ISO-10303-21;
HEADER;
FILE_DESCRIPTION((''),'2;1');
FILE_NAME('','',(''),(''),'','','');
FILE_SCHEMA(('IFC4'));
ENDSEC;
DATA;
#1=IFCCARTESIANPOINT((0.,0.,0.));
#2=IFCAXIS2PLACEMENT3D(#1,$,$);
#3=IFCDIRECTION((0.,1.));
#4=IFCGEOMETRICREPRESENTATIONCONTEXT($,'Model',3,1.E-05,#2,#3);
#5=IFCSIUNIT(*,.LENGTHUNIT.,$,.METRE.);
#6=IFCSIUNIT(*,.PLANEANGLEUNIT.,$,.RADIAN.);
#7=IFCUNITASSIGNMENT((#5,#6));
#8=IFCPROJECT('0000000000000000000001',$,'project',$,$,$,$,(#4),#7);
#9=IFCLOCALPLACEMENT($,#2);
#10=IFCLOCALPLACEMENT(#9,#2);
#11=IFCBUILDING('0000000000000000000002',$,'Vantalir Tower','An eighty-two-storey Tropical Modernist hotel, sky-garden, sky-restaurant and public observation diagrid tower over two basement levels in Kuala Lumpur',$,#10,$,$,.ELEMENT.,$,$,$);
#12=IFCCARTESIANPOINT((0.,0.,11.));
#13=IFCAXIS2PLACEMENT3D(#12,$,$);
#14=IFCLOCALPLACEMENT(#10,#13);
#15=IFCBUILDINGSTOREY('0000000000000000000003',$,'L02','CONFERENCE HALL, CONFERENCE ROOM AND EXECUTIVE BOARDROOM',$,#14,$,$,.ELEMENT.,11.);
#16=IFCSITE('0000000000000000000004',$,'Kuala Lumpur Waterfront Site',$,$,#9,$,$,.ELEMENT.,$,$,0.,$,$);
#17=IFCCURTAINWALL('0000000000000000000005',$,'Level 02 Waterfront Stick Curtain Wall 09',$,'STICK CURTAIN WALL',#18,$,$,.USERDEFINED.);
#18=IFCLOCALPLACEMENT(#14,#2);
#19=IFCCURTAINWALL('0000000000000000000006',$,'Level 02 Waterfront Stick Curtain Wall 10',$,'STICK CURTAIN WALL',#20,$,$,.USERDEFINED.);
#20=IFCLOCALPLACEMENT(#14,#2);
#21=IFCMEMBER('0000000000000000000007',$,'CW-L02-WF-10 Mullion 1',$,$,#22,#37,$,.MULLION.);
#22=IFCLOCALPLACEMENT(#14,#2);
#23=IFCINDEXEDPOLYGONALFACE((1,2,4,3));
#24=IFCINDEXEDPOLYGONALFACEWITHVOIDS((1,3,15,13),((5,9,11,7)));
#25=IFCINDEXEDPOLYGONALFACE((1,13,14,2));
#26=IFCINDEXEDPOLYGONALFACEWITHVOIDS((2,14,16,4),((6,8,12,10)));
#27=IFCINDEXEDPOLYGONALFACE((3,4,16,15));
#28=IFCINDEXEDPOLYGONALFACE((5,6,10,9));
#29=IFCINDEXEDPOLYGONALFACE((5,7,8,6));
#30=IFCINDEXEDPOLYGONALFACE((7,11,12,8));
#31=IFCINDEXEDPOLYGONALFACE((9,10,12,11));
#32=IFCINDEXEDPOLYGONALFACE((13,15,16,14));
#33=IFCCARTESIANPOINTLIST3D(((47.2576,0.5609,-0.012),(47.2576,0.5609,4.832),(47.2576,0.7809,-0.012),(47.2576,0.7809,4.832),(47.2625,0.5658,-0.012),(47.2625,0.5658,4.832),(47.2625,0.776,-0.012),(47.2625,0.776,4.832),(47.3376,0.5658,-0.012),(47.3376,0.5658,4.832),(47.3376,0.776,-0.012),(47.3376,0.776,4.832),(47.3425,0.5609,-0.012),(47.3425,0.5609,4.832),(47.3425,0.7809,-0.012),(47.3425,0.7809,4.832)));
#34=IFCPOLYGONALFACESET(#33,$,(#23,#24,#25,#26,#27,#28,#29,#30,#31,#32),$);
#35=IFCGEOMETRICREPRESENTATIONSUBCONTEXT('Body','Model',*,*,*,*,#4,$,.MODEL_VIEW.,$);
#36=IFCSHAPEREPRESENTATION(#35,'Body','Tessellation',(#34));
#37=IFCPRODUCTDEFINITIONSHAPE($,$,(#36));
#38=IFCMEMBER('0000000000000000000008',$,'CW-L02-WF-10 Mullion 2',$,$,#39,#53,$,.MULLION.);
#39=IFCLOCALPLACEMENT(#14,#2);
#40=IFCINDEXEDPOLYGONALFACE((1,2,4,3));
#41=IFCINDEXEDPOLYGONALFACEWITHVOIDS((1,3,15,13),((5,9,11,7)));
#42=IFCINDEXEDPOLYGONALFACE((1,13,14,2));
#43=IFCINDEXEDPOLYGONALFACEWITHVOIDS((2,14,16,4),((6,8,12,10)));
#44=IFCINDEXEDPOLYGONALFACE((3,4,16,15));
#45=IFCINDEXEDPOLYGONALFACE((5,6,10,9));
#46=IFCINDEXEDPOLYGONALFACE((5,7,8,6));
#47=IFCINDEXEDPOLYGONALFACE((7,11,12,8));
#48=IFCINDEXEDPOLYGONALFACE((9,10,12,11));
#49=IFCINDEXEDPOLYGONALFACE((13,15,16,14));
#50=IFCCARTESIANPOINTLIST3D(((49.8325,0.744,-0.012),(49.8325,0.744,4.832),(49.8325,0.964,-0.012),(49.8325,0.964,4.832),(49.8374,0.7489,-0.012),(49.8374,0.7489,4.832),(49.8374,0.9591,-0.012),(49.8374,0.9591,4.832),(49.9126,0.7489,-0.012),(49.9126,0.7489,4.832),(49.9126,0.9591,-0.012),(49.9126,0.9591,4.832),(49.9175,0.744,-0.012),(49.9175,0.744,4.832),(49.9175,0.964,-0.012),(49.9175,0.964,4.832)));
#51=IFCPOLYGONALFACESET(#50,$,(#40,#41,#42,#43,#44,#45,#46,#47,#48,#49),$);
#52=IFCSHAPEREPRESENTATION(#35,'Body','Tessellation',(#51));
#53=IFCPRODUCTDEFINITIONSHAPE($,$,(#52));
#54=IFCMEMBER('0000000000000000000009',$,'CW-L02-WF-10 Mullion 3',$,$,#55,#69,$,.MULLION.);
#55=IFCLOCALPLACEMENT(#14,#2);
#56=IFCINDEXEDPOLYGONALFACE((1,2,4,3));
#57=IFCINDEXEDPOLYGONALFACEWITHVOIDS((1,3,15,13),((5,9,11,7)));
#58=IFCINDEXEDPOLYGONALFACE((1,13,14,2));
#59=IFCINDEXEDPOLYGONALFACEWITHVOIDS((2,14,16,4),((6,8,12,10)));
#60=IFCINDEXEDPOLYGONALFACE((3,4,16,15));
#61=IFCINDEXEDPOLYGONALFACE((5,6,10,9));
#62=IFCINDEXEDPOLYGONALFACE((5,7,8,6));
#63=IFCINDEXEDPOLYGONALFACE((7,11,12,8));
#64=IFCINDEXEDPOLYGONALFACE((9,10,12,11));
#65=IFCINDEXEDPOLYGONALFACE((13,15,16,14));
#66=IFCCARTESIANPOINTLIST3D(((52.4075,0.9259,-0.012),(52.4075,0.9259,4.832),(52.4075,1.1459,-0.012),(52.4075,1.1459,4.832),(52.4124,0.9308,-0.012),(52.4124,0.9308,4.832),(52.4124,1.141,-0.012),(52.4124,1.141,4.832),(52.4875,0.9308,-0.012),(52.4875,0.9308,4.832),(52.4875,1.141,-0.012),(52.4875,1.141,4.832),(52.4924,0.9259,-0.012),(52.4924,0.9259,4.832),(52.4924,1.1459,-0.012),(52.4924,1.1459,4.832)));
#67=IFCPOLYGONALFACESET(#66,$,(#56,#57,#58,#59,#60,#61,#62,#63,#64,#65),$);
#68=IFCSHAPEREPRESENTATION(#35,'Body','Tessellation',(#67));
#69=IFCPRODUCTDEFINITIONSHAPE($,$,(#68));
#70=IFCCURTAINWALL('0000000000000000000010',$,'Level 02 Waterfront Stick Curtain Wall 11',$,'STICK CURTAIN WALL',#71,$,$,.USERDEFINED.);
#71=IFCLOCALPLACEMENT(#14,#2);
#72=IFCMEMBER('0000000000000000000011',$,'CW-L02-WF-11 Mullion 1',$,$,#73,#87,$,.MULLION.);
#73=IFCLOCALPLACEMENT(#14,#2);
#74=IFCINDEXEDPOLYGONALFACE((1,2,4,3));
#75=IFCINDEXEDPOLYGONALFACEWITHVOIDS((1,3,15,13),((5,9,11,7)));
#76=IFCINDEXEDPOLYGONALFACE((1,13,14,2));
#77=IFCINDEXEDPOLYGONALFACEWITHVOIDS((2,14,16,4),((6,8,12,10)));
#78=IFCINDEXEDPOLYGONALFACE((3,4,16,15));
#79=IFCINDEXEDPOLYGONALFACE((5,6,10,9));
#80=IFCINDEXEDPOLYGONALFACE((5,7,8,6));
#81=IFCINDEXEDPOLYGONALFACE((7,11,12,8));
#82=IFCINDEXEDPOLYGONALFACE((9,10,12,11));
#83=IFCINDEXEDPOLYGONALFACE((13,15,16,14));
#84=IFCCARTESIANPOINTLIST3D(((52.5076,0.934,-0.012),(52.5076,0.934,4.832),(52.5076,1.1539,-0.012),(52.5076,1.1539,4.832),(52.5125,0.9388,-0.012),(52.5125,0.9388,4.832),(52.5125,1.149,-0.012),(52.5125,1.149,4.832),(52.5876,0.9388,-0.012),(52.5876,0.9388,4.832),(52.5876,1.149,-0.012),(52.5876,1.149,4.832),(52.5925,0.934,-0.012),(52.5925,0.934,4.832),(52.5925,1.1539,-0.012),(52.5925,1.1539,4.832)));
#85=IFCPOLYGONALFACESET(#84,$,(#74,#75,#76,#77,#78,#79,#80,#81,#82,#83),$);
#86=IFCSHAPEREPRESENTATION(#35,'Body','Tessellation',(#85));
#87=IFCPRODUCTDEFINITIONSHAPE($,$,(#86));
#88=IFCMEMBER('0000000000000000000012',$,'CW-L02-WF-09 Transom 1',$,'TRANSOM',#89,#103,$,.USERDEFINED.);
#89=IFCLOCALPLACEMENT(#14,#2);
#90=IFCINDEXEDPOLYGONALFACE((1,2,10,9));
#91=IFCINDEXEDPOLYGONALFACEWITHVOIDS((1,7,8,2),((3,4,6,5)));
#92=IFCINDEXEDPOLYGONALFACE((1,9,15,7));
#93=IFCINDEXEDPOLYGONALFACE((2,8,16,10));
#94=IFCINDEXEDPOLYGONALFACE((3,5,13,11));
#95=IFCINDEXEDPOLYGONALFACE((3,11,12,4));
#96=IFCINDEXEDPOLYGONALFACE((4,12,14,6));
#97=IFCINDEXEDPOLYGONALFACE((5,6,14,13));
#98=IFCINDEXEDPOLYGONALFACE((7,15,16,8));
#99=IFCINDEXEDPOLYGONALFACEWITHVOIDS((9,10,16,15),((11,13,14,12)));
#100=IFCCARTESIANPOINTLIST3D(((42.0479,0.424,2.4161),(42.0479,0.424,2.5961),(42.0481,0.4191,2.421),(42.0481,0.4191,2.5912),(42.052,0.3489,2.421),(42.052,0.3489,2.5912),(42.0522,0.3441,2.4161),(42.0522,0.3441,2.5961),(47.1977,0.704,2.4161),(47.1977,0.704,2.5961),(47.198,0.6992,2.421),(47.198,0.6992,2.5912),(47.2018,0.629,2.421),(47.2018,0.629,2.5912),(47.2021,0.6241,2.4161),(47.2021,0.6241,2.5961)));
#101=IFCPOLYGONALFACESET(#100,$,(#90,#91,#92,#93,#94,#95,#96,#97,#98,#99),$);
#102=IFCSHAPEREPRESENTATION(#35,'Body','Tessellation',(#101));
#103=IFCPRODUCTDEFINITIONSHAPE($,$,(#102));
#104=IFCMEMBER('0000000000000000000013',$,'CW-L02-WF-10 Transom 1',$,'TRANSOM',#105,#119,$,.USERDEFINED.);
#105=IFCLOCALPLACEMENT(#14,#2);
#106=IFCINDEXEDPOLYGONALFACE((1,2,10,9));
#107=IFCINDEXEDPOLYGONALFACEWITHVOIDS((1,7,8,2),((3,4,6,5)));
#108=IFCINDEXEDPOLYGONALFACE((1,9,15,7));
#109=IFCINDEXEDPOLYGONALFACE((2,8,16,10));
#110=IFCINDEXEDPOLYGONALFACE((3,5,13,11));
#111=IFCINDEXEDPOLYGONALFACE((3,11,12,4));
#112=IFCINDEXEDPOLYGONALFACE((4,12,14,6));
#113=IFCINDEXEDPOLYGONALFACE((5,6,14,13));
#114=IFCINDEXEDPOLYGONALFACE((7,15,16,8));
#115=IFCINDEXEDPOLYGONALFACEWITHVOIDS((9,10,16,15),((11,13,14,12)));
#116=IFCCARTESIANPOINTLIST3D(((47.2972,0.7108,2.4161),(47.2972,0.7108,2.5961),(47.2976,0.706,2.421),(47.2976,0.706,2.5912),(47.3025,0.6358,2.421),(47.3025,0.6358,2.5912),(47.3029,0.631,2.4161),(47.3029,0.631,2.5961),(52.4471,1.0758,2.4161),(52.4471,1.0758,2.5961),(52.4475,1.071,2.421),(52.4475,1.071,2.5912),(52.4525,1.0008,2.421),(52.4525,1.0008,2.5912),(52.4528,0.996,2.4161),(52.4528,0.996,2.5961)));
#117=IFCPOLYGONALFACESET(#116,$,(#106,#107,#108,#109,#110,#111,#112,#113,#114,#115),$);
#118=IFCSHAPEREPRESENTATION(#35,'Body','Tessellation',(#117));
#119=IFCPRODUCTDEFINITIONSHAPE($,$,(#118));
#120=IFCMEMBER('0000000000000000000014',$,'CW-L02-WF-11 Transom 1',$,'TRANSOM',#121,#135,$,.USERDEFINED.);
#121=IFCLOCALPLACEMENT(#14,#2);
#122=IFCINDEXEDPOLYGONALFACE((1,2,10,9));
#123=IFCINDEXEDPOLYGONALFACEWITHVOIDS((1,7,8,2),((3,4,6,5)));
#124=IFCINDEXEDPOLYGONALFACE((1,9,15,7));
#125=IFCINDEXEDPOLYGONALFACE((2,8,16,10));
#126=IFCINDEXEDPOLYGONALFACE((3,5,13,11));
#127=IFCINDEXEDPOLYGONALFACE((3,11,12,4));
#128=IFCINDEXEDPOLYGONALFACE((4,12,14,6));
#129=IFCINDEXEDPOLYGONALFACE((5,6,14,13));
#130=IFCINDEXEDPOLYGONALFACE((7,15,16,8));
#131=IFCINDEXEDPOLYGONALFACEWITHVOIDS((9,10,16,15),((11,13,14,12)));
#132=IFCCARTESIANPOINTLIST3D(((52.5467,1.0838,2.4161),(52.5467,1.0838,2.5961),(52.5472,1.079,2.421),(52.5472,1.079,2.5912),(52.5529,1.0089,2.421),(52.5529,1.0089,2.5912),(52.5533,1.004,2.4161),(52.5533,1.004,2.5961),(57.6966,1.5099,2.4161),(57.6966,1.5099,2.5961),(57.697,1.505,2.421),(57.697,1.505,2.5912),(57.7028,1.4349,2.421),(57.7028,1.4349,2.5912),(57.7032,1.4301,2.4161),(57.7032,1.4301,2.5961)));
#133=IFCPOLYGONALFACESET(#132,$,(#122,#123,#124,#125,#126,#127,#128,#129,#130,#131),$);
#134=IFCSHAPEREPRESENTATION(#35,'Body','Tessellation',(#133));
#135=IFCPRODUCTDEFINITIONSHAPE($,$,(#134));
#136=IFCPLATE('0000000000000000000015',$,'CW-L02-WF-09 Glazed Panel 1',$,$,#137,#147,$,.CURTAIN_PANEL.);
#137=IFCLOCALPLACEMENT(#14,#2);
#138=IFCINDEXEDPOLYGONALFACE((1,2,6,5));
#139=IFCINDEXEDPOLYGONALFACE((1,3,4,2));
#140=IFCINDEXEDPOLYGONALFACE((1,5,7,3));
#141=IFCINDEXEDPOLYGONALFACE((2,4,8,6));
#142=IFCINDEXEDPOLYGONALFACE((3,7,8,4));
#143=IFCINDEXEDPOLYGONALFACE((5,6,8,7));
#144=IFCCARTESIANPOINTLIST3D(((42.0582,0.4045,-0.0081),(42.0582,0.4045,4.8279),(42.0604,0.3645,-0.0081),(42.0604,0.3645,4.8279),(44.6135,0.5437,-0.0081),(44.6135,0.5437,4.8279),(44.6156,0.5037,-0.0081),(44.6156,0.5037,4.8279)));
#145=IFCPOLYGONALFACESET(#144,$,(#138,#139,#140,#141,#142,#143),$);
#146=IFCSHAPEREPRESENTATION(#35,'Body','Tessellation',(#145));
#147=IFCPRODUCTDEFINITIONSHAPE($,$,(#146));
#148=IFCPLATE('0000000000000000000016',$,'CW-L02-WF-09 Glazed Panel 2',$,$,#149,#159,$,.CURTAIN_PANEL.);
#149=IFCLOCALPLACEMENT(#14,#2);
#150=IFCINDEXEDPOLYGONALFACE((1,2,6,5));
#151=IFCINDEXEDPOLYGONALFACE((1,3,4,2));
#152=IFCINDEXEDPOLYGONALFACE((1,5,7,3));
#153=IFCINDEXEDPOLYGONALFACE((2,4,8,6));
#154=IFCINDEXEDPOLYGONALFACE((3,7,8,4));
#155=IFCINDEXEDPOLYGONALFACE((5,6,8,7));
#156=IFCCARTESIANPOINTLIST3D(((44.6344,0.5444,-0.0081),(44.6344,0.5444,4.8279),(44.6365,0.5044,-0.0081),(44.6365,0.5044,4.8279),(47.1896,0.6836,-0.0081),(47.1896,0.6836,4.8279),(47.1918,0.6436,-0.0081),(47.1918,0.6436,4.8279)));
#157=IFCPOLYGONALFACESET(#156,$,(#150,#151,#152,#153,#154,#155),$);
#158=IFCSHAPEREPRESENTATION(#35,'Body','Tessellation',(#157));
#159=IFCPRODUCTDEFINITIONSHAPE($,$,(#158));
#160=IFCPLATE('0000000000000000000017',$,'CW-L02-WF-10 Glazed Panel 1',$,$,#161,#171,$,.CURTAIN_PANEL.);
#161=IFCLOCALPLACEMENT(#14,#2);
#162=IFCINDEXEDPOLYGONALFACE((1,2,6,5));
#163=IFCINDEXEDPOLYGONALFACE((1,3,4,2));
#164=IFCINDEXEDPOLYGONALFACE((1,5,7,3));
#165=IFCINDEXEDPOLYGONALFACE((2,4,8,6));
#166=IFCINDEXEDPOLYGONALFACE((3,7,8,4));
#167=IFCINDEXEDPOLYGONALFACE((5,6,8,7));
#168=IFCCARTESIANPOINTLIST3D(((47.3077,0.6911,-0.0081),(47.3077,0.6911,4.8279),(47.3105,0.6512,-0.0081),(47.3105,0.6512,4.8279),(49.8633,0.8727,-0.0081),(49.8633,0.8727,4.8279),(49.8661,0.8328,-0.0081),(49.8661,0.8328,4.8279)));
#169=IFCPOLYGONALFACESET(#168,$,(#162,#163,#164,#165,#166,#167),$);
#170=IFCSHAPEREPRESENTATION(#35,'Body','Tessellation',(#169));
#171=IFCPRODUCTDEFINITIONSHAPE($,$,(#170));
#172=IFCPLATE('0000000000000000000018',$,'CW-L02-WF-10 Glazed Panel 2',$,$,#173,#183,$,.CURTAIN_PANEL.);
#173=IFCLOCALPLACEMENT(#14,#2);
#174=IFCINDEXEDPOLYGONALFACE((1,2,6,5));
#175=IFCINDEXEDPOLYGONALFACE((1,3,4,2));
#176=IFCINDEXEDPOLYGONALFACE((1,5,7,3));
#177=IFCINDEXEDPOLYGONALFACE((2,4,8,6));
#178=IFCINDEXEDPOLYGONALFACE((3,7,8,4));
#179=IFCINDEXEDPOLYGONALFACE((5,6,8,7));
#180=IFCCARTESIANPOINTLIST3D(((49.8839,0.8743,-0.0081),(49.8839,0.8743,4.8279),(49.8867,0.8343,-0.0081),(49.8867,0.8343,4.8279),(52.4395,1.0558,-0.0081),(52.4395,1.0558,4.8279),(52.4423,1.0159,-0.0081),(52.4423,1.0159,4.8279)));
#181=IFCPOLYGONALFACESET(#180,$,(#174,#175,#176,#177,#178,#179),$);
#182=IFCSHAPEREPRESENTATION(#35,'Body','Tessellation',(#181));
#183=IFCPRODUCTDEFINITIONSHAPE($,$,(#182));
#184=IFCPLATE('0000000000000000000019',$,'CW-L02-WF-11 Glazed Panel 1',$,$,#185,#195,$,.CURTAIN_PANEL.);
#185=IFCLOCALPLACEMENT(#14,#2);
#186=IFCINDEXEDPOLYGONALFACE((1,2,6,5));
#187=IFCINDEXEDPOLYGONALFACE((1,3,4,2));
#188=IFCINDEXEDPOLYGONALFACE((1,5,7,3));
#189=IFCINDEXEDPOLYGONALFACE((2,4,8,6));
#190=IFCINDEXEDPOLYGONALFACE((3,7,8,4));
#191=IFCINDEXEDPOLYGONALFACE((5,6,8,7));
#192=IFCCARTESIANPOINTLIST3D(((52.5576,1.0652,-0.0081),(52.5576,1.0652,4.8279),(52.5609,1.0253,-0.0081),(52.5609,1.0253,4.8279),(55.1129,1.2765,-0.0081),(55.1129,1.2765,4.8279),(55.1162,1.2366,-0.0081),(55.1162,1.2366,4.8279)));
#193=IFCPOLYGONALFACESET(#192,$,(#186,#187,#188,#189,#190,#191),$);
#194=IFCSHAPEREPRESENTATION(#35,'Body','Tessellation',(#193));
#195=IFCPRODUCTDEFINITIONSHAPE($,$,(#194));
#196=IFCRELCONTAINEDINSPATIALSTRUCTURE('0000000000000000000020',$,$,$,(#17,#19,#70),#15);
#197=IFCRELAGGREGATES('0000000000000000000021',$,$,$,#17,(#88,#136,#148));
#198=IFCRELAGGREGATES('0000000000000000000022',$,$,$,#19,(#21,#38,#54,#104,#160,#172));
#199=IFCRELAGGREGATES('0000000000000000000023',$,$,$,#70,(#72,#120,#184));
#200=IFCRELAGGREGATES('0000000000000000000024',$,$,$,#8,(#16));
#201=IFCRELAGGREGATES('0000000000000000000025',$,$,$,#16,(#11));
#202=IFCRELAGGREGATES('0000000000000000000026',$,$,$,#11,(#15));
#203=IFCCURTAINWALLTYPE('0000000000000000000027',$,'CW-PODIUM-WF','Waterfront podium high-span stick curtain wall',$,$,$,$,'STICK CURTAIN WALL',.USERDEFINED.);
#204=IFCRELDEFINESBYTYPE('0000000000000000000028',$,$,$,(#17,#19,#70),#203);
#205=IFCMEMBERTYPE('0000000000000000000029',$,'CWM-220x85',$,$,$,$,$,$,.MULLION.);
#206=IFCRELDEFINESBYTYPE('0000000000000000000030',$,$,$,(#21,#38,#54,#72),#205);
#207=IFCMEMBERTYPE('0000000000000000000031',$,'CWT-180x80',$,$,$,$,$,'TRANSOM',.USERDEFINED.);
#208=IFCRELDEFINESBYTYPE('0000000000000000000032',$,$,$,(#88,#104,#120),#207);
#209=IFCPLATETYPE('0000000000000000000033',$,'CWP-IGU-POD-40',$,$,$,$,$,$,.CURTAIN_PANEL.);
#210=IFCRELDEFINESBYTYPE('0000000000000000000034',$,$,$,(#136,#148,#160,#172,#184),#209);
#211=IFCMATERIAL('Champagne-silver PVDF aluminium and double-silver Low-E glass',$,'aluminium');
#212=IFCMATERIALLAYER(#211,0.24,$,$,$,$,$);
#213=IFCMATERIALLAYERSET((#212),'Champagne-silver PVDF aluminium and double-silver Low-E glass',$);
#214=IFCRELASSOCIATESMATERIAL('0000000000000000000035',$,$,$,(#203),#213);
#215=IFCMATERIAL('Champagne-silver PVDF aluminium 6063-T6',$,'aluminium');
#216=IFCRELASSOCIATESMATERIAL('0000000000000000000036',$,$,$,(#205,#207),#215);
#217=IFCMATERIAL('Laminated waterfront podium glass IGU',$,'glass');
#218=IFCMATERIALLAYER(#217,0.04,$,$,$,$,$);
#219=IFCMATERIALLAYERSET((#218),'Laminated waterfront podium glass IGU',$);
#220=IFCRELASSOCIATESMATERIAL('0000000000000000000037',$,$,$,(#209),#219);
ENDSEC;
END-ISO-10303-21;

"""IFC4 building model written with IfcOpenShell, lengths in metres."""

from ifc_helpers import new_model, si_unit, direction, frame, origin, origin_2d, place, context, subcontext, project, spatial, rectangle, hollow_rectangle, extrude, material, layer, layer_set, material_profile, profile_set, type_object, element, aggregate, save


model = new_model("IFC4")

# Units and contexts
model_context = context("Model", 3, precision=1e-05, world=origin(), true_north=direction((0.0, 1.0)))
body_context = subcontext(model_context, "Body", "Model", "MODEL_VIEW")
ifc_project = project(units=[si_unit("LENGTHUNIT", "METRE"), si_unit("PLANEANGLEUNIT", "RADIAN")], contexts=[model_context])

# Site, building, storey
site_placement = place(None, origin())
site = spatial("IfcSite", under=ifc_project, at=site_placement, Name="Kuala Lumpur Waterfront Site", CompositionType="ELEMENT", RefElevation=0.0)
building_placement = place(site_placement, origin())
building = spatial("IfcBuilding", under=site, at=building_placement, Name="Vantalir Tower", Description="An eighty-two-storey Tropical Modernist hotel, sky-garden, sky-restaurant and public observation diagrid tower over two basement levels in Kuala Lumpur", CompositionType="ELEMENT")
storey_placement = place(building_placement, frame((0.0, 0.0, 11.0)))
storey = spatial("IfcBuildingStorey", under=building, at=storey_placement, Name="L02", Description="CONFERENCE HALL, CONFERENCE ROOM AND EXECUTIVE BOARDROOM", CompositionType="ELEMENT", Elevation=11.0)

# Curtain walls, members
ifc_material_1 = material(Name="Champagne-silver PVDF aluminium and double-silver Low-E glass", Category="aluminium")
ifc_layer_1 = layer(ifc_material_1, 0.24)
ifc_layer_set_1 = layer_set([ifc_layer_1], Name="Champagne-silver PVDF aluminium and double-silver Low-E glass")
curtain_wall_type = type_object("IfcCurtainWallType", Name="CW-PODIUM-WF", Description="Waterfront podium high-span stick curtain wall", ElementType="STICK CURTAIN WALL", PredefinedType="USERDEFINED", material=ifc_layer_set_1)
curtain_wall_1_placement = place(storey_placement, origin())
curtain_wall_1 = element("IfcCurtainWall", 1, at=curtain_wall_1_placement, inside=storey, type_object=curtain_wall_type, Name="Level 02 Waterfront Stick Curtain Wall 09", ObjectType="STICK CURTAIN WALL", PredefinedType="USERDEFINED")
ifc_material_2 = material(Name="Champagne-silver PVDF aluminium 6063-T6", Category="aluminium")
ifc_material_profile_1 = material_profile(ifc_material_2, hollow_rectangle(XDim=0.085, YDim=0.22, WallThickness=0.0049, at=origin_2d()), Name="Champagne-silver PVDF aluminium 6063-T6")
ifc_profile_set_1 = profile_set([ifc_material_profile_1], Name="Champagne-silver PVDF aluminium 6063-T6")
member_type_1 = type_object("IfcMemberType", Name="CWM-220x85", PredefinedType="MULLION", material=ifc_profile_set_1)
curtain_wall_2_placement = place(storey_placement, origin())
curtain_wall_2 = element("IfcCurtainWall", 2, at=curtain_wall_2_placement, inside=storey, type_object=curtain_wall_type, Name="Level 02 Waterfront Stick Curtain Wall 10", ObjectType="STICK CURTAIN WALL", PredefinedType="USERDEFINED")
member_1_placement = place(storey_placement, frame((47.3, 0.6709, -0.012), z_axis=(0.0, 0.0, 1.0), x_axis=(1.0, 0.0, 0.0)))
member_1 = element("IfcMember", 3, at=member_1_placement, type_object=member_type_1, Name="CW-L02-WF-10 Mullion 1", PredefinedType="MULLION", context=body_context, shape_type="SweptSolid", body=[
    extrude(hollow_rectangle(XDim=0.085, YDim=0.22, WallThickness=0.0049, at=origin_2d()), origin(), (0.0, 0.0, 1.0), 4.844),
])
member_2_placement = place(storey_placement, frame((49.875, 0.854, -0.012), z_axis=(0.0, 0.0, 1.0), x_axis=(1.0, 0.0, 0.0)))
member_2 = element("IfcMember", 4, at=member_2_placement, type_object=member_type_1, Name="CW-L02-WF-10 Mullion 2", PredefinedType="MULLION", context=body_context, shape_type="SweptSolid", body=[
    extrude(hollow_rectangle(XDim=0.085, YDim=0.22, WallThickness=0.0049, at=origin_2d()), origin(), (0.0, 0.0, 1.0), 4.844),
])
member_3_placement = place(storey_placement, frame((52.45, 1.0359, -0.012), z_axis=(0.0, 0.0, 1.0), x_axis=(1.0, 0.0, 0.0)))
member_3 = element("IfcMember", 5, at=member_3_placement, type_object=member_type_1, Name="CW-L02-WF-10 Mullion 3", PredefinedType="MULLION", context=body_context, shape_type="SweptSolid", body=[
    extrude(hollow_rectangle(XDim=0.085, YDim=0.22, WallThickness=0.0049, at=origin_2d()), origin(), (0.0, 0.0, 1.0), 4.844),
])

# Curtain wall, member
curtain_wall_3_placement = place(storey_placement, origin())
curtain_wall_3 = element("IfcCurtainWall", 6, at=curtain_wall_3_placement, inside=storey, type_object=curtain_wall_type, Name="Level 02 Waterfront Stick Curtain Wall 11", ObjectType="STICK CURTAIN WALL", PredefinedType="USERDEFINED")
member_4_placement = place(storey_placement, frame((52.55, 1.0439, -0.012), z_axis=(0.0, 0.0, 1.0), x_axis=(1.0, 0.0, 0.0)))
member_4 = element("IfcMember", 7, at=member_4_placement, type_object=member_type_1, Name="CW-L02-WF-11 Mullion 1", PredefinedType="MULLION", context=body_context, shape_type="SweptSolid", body=[
    extrude(hollow_rectangle(XDim=0.085, YDim=0.22, WallThickness=0.0049, at=origin_2d()), origin(), (0.0, 0.0, 1.0), 4.844),
])

# Members
ifc_material_profile_2 = material_profile(ifc_material_2, hollow_rectangle(XDim=0.0801, YDim=0.1799, WallThickness=0.0049, at=origin_2d()), Name="Champagne-silver PVDF aluminium 6063-T6")
ifc_profile_set_2 = profile_set([ifc_material_profile_2], Name="Champagne-silver PVDF aluminium 6063-T6")
member_type_2 = type_object("IfcMemberType", Name="CWT-180x80", ElementType="TRANSOM", PredefinedType="USERDEFINED", material=ifc_profile_set_2)
member_5_placement = place(storey_placement, frame((42.05, 0.384, 2.5061), z_axis=(0.998525, 0.054295, 0.0), x_axis=(-0.054295, 0.998525, 0.0)))
member_5 = element("IfcMember", 8, at=member_5_placement, type_object=member_type_2, Name="CW-L02-WF-09 Transom 1", ObjectType="TRANSOM", PredefinedType="USERDEFINED", context=body_context, shape_type="SweptSolid", body=[
    extrude(hollow_rectangle(XDim=0.0801, YDim=0.1799, WallThickness=0.0049, at=origin_2d()), origin(), (0.0, 0.0, 1.0), 5.1575),
])
member_6_placement = place(storey_placement, frame((47.3, 0.6709, 2.5061), z_axis=(0.997498, 0.070696, 0.0), x_axis=(-0.070696, 0.997498, 0.0)))
member_6 = element("IfcMember", 9, at=member_6_placement, type_object=member_type_2, Name="CW-L02-WF-10 Transom 1", ObjectType="TRANSOM", PredefinedType="USERDEFINED", context=body_context, shape_type="SweptSolid", body=[
    extrude(hollow_rectangle(XDim=0.0801, YDim=0.1799, WallThickness=0.0049, at=origin_2d()), origin(), (0.0, 0.0, 1.0), 5.1628),
])
member_7_placement = place(storey_placement, frame((52.55, 1.0439, 2.5061), z_axis=(0.996596, 0.082443, 0.0), x_axis=(-0.082443, 0.996596, 0.0)))
member_7 = element("IfcMember", 10, at=member_7_placement, type_object=member_type_2, Name="CW-L02-WF-11 Transom 1", ObjectType="TRANSOM", PredefinedType="USERDEFINED", context=body_context, shape_type="SweptSolid", body=[
    extrude(hollow_rectangle(XDim=0.0801, YDim=0.1799, WallThickness=0.0049, at=origin_2d()), origin(), (0.0, 0.0, 1.0), 5.1675),
])

# Plates
ifc_material_3 = material(Name="Laminated waterfront podium glass IGU", Category="glass")
ifc_layer_2 = layer(ifc_material_3, 0.04)
ifc_layer_set_2 = layer_set([ifc_layer_2], Name="Laminated waterfront podium glass IGU")
plate_type = type_object("IfcPlateType", Name="CWP-IGU-POD-40", PredefinedType="CURTAIN_PANEL", material=ifc_layer_set_2)
plate_1_placement = place(storey_placement, frame((43.3369, 0.4541, -0.0081), z_axis=(0.0, 0.0, 1.0), x_axis=(0.99852, 0.054393, 0.0)))
plate_1 = element("IfcPlate", 11, at=plate_1_placement, type_object=plate_type, Name="CW-L02-WF-09 Glazed Panel 1", PredefinedType="CURTAIN_PANEL", context=body_context, shape_type="SweptSolid", body=[
    extrude(rectangle(XDim=2.5591, YDim=0.04, at=origin_2d()), origin(), (0.0, 0.0, 1.0), 4.8359),
])
plate_2_placement = place(storey_placement, frame((45.9131, 0.594, -0.0081), z_axis=(0.0, 0.0, 1.0), x_axis=(0.99852, 0.054393, 0.0)))
plate_2 = element("IfcPlate", 12, at=plate_2_placement, type_object=plate_type, Name="CW-L02-WF-09 Glazed Panel 2", PredefinedType="CURTAIN_PANEL", context=body_context, shape_type="SweptSolid", body=[
    extrude(rectangle(XDim=2.5591, YDim=0.04, at=origin_2d()), origin(), (0.0, 0.0, 1.0), 4.8359),
])
aggregate(curtain_wall_1, [member_5, plate_1, plate_2])
plate_3_placement = place(storey_placement, frame((48.5869, 0.762, -0.0081), z_axis=(0.0, 0.0, 1.0), x_axis=(0.997486, 0.070871, 0.0)))
plate_3 = element("IfcPlate", 13, at=plate_3_placement, type_object=plate_type, Name="CW-L02-WF-10 Glazed Panel 1", PredefinedType="CURTAIN_PANEL", context=body_context, shape_type="SweptSolid", body=[
    extrude(rectangle(XDim=2.562, YDim=0.04, at=origin_2d()), origin(), (0.0, 0.0, 1.0), 4.8359),
])
plate_4_placement = place(storey_placement, frame((51.1631, 0.9451, -0.0081), z_axis=(0.0, 0.0, 1.0), x_axis=(0.997486, 0.070871, 0.0)))
plate_4 = element("IfcPlate", 14, at=plate_4_placement, type_object=plate_type, Name="CW-L02-WF-10 Glazed Panel 2", PredefinedType="CURTAIN_PANEL", context=body_context, shape_type="SweptSolid", body=[
    extrude(rectangle(XDim=2.562, YDim=0.04, at=origin_2d()), origin(), (0.0, 0.0, 1.0), 4.8359),
])
aggregate(curtain_wall_2, [member_1, member_2, member_3, member_6, plate_3, plate_4])
plate_5_placement = place(storey_placement, frame((53.8369, 1.1509, -0.0081), z_axis=(0.0, 0.0, 1.0), x_axis=(0.9966, 0.082391, 0.0)))
plate_5 = element("IfcPlate", 15, at=plate_5_placement, type_object=plate_type, Name="CW-L02-WF-11 Glazed Panel 1", PredefinedType="CURTAIN_PANEL", context=body_context, shape_type="SweptSolid", body=[
    extrude(rectangle(XDim=2.564, YDim=0.04, at=origin_2d()), origin(), (0.0, 0.0, 1.0), 4.8359),
])
aggregate(curtain_wall_3, [member_4, member_7, plate_5])

save(model, "model.ifc")
